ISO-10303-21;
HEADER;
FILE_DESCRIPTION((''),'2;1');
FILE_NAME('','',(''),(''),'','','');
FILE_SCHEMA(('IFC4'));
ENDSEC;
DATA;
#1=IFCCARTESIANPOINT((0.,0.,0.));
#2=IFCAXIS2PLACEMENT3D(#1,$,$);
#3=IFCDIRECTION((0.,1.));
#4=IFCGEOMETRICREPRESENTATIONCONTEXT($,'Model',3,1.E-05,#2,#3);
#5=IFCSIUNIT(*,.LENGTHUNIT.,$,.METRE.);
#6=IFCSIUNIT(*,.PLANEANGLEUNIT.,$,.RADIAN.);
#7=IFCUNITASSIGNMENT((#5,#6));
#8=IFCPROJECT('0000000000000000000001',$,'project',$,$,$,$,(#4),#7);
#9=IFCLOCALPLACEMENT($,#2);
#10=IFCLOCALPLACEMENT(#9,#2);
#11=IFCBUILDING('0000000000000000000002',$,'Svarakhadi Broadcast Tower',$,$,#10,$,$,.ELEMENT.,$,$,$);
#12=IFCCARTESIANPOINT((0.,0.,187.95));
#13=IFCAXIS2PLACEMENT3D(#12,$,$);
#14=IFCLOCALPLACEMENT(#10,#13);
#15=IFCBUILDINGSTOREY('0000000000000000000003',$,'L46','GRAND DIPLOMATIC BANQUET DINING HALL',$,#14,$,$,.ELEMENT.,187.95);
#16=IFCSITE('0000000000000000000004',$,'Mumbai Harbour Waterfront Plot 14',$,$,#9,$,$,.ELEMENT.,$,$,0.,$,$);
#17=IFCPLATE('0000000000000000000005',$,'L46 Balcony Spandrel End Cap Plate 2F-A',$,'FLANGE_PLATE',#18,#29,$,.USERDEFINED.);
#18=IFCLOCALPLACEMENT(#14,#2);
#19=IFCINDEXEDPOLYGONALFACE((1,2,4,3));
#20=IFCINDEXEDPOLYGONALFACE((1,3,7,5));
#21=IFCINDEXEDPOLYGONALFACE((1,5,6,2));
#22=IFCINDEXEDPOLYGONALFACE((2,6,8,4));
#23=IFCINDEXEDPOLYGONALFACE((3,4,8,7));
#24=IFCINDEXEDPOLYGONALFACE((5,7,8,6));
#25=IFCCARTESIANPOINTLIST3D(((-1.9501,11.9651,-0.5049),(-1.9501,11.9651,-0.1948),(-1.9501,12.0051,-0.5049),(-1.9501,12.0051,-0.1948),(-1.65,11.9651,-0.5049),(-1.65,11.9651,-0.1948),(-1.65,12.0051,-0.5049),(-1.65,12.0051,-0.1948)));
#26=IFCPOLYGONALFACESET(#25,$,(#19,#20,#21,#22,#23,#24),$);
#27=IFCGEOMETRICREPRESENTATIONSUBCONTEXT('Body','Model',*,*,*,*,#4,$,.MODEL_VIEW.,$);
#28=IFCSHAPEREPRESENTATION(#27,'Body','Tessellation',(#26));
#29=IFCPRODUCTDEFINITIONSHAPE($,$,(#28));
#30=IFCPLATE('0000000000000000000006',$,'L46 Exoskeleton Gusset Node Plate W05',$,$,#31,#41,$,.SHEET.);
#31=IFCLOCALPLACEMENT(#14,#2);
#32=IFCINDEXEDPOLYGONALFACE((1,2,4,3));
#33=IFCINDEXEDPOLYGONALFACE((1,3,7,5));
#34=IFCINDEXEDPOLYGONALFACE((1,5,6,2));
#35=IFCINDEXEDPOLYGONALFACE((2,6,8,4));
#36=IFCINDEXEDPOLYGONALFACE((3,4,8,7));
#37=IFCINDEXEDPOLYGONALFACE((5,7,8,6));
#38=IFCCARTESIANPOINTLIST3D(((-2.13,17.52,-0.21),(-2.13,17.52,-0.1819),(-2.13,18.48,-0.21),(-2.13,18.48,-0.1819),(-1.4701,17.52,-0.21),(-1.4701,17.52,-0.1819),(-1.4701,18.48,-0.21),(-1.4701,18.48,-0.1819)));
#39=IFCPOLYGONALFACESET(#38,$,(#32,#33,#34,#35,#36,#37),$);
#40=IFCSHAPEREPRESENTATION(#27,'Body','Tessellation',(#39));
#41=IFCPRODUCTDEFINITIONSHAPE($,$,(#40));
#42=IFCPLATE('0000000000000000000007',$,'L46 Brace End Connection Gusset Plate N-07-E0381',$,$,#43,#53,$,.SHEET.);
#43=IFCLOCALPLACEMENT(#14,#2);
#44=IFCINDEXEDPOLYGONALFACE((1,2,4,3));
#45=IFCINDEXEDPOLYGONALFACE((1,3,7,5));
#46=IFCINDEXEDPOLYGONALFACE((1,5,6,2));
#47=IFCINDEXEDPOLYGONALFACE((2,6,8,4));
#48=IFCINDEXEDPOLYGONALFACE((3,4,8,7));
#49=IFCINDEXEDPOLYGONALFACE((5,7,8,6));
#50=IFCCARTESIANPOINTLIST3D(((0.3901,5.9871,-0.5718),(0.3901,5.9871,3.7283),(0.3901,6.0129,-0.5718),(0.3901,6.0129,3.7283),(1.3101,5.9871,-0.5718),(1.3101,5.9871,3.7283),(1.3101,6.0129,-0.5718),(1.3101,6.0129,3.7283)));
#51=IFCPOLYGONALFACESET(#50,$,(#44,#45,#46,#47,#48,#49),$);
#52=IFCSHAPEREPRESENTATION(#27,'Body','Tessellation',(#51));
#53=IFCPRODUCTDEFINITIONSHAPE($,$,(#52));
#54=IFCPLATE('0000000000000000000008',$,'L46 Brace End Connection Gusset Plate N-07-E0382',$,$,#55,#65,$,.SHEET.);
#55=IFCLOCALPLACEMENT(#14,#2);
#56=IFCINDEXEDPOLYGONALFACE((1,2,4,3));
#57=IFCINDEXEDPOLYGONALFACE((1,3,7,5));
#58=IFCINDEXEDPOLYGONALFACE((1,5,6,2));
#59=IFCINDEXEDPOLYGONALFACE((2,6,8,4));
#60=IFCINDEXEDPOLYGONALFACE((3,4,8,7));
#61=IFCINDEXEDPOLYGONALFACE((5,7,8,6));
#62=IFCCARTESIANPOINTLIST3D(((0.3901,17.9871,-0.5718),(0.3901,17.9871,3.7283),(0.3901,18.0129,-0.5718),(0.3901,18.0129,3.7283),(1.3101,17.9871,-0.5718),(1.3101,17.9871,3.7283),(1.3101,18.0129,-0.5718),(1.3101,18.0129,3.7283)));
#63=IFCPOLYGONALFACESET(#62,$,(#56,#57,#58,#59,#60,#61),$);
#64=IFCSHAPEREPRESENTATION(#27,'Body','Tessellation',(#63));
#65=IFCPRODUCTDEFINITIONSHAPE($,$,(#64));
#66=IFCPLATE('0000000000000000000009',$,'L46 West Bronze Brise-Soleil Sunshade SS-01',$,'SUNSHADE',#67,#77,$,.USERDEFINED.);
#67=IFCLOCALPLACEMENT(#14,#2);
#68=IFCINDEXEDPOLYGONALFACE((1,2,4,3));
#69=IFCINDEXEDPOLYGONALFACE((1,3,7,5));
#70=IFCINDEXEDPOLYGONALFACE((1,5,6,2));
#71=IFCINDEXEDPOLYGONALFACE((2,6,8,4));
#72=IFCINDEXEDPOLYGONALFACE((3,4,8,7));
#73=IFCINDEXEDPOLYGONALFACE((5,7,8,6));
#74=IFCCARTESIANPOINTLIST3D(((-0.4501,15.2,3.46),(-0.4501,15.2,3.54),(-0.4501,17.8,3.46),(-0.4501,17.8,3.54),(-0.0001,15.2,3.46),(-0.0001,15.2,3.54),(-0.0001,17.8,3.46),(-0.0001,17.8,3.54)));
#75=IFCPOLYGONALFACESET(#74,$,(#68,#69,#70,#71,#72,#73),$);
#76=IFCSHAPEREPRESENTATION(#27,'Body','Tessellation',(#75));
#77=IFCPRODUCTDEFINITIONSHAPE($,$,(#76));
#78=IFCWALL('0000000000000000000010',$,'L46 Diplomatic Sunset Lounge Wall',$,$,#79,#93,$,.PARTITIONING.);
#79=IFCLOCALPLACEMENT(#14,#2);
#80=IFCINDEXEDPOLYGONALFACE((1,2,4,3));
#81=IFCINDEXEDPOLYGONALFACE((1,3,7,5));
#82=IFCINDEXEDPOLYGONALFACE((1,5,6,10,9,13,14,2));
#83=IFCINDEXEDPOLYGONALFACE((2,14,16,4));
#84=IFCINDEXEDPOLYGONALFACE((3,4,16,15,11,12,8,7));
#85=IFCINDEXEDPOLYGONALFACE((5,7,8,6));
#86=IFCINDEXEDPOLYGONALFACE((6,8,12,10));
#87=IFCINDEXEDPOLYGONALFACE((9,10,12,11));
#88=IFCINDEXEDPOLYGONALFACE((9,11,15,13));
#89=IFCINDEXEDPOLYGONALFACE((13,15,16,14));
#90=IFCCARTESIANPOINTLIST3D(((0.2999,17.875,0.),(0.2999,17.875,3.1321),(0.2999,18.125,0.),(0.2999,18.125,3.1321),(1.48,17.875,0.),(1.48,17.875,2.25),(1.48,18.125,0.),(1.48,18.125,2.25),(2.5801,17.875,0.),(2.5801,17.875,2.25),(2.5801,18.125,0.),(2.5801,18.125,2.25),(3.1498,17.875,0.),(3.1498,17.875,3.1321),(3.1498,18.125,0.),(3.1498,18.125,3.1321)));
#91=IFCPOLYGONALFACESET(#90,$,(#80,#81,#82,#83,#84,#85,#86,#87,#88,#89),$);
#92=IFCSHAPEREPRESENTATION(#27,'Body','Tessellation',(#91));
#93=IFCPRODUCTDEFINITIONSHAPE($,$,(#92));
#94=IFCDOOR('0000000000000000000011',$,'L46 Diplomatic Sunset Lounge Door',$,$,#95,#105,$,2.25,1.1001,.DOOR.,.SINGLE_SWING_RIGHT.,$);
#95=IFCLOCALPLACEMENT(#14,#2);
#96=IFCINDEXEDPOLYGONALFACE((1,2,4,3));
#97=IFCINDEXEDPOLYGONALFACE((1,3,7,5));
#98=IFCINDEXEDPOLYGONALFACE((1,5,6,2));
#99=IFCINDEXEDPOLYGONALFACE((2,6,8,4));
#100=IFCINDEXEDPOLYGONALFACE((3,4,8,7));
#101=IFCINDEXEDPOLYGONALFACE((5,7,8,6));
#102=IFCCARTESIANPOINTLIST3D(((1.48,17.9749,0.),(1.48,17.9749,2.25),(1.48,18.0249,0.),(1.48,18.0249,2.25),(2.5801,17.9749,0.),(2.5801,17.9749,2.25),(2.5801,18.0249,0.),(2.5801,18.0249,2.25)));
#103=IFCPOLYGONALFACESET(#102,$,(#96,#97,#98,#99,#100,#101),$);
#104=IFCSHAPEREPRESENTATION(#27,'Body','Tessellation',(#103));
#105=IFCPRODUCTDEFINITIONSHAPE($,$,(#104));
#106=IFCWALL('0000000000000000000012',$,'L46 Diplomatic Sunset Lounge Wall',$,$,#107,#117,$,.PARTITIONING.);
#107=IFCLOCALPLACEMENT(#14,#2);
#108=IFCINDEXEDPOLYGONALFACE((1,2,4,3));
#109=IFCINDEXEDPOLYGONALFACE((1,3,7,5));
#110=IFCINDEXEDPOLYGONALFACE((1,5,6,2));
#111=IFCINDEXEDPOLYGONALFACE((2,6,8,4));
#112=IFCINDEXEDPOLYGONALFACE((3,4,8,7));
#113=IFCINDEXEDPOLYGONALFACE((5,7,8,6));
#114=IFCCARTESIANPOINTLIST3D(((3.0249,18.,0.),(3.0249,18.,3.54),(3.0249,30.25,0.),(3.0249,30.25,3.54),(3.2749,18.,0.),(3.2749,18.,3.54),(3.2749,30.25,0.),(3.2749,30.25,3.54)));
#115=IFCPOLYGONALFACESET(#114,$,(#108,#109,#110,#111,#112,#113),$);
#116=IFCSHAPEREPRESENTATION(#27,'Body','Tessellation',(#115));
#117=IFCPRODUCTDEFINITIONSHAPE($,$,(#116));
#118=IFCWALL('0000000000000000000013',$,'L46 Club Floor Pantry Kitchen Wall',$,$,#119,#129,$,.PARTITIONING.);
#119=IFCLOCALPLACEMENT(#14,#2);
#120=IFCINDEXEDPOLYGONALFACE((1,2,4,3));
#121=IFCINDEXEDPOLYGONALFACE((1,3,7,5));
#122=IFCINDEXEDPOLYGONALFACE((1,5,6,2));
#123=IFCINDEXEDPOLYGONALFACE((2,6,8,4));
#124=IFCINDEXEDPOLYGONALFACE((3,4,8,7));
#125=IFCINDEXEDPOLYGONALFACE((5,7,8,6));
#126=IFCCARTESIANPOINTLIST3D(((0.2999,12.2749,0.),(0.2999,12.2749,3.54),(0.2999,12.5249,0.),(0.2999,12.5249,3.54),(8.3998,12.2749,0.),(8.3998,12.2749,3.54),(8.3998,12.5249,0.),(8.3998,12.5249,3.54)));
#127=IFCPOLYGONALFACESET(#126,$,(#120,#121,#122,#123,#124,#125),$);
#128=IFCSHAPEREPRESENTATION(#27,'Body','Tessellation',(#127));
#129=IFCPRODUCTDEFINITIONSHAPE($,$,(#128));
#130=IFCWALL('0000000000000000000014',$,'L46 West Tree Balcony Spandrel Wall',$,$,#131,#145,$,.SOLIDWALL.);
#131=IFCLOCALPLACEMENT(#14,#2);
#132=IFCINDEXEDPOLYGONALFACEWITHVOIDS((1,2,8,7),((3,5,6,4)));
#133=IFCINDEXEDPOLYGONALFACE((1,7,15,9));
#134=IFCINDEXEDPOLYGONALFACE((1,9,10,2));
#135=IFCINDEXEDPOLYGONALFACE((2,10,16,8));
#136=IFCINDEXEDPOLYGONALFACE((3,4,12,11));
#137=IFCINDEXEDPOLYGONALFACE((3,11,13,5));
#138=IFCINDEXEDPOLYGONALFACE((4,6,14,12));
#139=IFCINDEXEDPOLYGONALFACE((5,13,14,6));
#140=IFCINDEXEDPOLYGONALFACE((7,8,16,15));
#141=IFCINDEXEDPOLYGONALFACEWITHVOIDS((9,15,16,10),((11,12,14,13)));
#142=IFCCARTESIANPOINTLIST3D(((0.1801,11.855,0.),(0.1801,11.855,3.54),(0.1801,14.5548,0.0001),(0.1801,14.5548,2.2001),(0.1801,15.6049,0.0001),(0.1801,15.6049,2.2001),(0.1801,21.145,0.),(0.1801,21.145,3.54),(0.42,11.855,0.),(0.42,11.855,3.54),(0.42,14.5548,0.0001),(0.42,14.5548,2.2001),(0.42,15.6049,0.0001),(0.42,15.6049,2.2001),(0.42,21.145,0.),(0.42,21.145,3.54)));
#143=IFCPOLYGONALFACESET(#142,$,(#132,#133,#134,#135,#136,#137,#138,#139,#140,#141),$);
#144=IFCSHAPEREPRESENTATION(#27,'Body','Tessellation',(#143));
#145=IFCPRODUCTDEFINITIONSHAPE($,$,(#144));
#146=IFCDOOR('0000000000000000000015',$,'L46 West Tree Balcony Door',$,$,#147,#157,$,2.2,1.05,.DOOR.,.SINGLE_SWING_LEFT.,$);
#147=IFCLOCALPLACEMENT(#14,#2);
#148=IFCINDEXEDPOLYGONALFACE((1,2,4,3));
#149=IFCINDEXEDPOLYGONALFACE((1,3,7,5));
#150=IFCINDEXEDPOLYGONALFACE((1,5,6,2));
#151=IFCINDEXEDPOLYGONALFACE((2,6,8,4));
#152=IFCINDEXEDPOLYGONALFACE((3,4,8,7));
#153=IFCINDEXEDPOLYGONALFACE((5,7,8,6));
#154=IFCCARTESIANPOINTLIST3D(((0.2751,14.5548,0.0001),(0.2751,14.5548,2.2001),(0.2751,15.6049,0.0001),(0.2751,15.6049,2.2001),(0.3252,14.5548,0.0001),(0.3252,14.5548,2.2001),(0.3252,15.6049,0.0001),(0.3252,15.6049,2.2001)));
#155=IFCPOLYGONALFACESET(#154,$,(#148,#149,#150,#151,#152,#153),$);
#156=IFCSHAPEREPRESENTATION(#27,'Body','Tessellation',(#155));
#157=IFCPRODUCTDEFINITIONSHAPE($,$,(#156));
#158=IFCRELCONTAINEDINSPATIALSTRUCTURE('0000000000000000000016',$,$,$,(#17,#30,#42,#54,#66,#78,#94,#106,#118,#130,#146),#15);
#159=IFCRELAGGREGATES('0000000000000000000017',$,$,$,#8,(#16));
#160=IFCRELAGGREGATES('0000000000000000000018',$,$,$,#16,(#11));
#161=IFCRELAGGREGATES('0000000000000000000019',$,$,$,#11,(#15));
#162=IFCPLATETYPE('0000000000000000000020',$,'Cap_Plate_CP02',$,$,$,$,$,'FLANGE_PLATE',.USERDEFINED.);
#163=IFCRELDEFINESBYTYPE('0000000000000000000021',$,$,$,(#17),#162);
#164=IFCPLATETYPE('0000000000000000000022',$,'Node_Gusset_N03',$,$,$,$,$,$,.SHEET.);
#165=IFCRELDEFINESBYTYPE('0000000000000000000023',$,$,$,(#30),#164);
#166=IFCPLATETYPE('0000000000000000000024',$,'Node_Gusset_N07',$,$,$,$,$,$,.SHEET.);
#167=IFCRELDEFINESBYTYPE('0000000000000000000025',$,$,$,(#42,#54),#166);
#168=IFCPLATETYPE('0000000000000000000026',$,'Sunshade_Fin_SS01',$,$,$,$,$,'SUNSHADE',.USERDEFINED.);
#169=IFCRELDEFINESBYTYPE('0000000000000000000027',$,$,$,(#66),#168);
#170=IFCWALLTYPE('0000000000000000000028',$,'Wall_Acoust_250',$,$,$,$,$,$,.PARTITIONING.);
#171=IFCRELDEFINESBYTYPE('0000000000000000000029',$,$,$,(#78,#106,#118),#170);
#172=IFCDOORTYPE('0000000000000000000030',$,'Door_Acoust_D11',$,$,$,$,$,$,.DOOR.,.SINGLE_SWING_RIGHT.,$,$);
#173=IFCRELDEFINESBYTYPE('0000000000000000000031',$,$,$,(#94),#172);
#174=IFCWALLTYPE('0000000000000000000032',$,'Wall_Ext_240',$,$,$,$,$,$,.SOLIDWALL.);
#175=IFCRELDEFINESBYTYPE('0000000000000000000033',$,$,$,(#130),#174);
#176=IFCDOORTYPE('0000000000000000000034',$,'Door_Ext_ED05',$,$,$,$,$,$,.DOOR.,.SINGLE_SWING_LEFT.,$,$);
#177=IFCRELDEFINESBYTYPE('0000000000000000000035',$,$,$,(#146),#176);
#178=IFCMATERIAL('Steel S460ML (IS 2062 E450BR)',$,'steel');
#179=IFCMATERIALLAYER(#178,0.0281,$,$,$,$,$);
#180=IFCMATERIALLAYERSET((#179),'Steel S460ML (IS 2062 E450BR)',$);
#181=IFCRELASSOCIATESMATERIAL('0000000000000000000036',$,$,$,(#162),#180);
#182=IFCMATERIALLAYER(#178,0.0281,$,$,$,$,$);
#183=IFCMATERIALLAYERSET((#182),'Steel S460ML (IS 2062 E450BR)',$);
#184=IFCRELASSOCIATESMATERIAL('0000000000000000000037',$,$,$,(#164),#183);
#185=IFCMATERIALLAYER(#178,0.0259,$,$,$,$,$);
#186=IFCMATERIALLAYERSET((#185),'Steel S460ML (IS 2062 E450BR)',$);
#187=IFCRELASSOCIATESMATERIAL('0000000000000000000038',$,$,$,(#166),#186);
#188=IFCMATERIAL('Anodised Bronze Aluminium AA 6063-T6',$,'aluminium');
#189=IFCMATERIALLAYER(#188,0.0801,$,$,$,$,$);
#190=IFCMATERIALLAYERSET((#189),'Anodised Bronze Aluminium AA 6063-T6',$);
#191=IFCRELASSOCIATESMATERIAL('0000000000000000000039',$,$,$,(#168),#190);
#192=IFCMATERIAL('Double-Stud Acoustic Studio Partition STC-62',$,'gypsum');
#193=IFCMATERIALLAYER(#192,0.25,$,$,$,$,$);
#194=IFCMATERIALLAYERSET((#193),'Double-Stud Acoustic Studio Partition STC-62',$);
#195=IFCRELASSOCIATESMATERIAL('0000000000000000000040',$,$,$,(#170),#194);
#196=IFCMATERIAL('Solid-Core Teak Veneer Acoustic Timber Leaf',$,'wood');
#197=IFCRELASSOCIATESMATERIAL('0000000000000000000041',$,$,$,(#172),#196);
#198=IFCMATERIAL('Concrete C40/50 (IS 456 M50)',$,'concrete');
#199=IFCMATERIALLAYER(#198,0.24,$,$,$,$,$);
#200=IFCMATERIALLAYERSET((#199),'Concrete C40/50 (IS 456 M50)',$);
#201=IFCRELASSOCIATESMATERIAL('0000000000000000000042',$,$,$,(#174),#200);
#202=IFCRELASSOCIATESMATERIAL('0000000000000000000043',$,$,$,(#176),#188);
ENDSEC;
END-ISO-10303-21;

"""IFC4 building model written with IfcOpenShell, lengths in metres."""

from ifc_helpers import new_model, si_unit, direction, frame, frame_2d, origin, origin_2d, place, context, subcontext, project, spatial, rectangle, extrude, material, layer, layer_set, type_object, element, fill, save


model = new_model("IFC4")

# Units and contexts
model_context = context("Model", 3, precision=1e-05, world=origin(), true_north=direction((0.0, 1.0)))
body_context = subcontext(model_context, "Body", "Model", "MODEL_VIEW")
ifc_project = project(units=[si_unit("LENGTHUNIT", "METRE"), si_unit("PLANEANGLEUNIT", "RADIAN")], contexts=[model_context])

# Site, building, storey
site_placement = place(None, origin())
site = spatial("IfcSite", under=ifc_project, at=site_placement, Name="Mumbai Harbour Waterfront Plot 14", CompositionType="ELEMENT", RefElevation=0.0)
building_placement = place(site_placement, origin())
building = spatial("IfcBuilding", under=site, at=building_placement, Name="Svarakhadi Broadcast Tower", CompositionType="ELEMENT")
storey_placement = place(building_placement, frame((0.0, 0.0, 187.95)))
storey = spatial("IfcBuildingStorey", under=building, at=storey_placement, Name="L46", Description="GRAND DIPLOMATIC BANQUET DINING HALL", CompositionType="ELEMENT", Elevation=187.95)

# Shared definitions
ifc_material_1 = material(Name="Steel S460ML (IS 2062 E450BR)", Category="steel")

# Shared definitions
ifc_material_2 = material(Name="Anodised Bronze Aluminium AA 6063-T6", Category="aluminium")

# Plates
ifc_layer_1 = layer(ifc_material_1, 0.0281)
ifc_layer_set_1 = layer_set([ifc_layer_1], Name="Steel S460ML (IS 2062 E450BR)")
plate_type_1 = type_object("IfcPlateType", Name="Cap_Plate_CP02", ElementType="FLANGE_PLATE", PredefinedType="USERDEFINED", material=ifc_layer_set_1)
plate_1_placement = place(storey_placement, frame((-1.8, 11.9851, -0.5049), z_axis=(0.0, 0.0, 1.0), x_axis=(1.0, 0.0, 0.0)))
element("IfcPlate", 1, at=plate_1_placement, inside=storey, type_object=plate_type_1, Name="L46 Balcony Spandrel End Cap Plate 2F-A", ObjectType="FLANGE_PLATE", PredefinedType="USERDEFINED", context=body_context, shape_type="SweptSolid", body=[
    extrude(rectangle(XDim=0.3, YDim=0.04, at=origin_2d()), origin(), (0.0, 0.0, 1.0), 0.3101),
])
ifc_layer_2 = layer(ifc_material_1, 0.0281)
ifc_layer_set_2 = layer_set([ifc_layer_2], Name="Steel S460ML (IS 2062 E450BR)")
plate_type_2 = type_object("IfcPlateType", Name="Node_Gusset_N03", PredefinedType="SHEET", material=ifc_layer_set_2)
plate_2_placement = place(storey_placement, frame((-1.8, 18.0, -0.21), z_axis=(0.0, 0.0, 1.0), x_axis=(0.0, 1.0, 0.0)))
element("IfcPlate", 2, at=plate_2_placement, inside=storey, type_object=plate_type_2, Name="L46 Exoskeleton Gusset Node Plate W05", PredefinedType="SHEET", context=body_context, shape_type="SweptSolid", body=[
    extrude(rectangle(XDim=0.96, YDim=0.6599, at=origin_2d()), origin(), (0.0, 0.0, 1.0), 0.0281),
])
ifc_layer_3 = layer(ifc_material_1, 0.0259)
ifc_layer_set_3 = layer_set([ifc_layer_3], Name="Steel S460ML (IS 2062 E450BR)")
plate_type_3 = type_object("IfcPlateType", Name="Node_Gusset_N07", PredefinedType="SHEET", material=ifc_layer_set_3)
for number, where, z_axis, x_axis, name in (
    (3, (0.8501, 6.0, -0.5718), (0.0, 0.0, 1.0), (1.0, 0.0, 0.0), "L46 Brace End Connection Gusset Plate N-07-E0381"),
    (4, (0.8501, 18.0, -0.5718), (0.0, 0.0, 1.0), (1.0, 0.0, 0.0), "L46 Brace End Connection Gusset Plate N-07-E0382"),
):
    element("IfcPlate", number, at=place(storey_placement, frame(where, z_axis=z_axis, x_axis=x_axis)), inside=storey, type_object=plate_type_3, Name=name, PredefinedType="SHEET", context=body_context, shape_type="SweptSolid", body=[
        extrude(rectangle(XDim=0.9199, YDim=0.0259, at=origin_2d()), origin(), (0.0, 0.0, 1.0), 4.3),
    ])
ifc_layer_4 = layer(ifc_material_2, 0.0801)
ifc_layer_set_4 = layer_set([ifc_layer_4], Name="Anodised Bronze Aluminium AA 6063-T6")
plate_type_4 = type_object("IfcPlateType", Name="Sunshade_Fin_SS01", ElementType="SUNSHADE", PredefinedType="USERDEFINED", material=ifc_layer_set_4)
plate_3_placement = place(storey_placement, frame((-0.2251, 16.5, 3.46), z_axis=(0.0, 0.0, 1.0), x_axis=(0.0, 1.0, 0.0)))
element("IfcPlate", 5, at=plate_3_placement, inside=storey, type_object=plate_type_4, Name="L46 West Bronze Brise-Soleil Sunshade SS-01", ObjectType="SUNSHADE", PredefinedType="USERDEFINED", context=body_context, shape_type="SweptSolid", body=[
    extrude(rectangle(XDim=2.6001, YDim=0.45, at=origin_2d()), origin(), (0.0, 0.0, 1.0), 0.0801),
])

# Wall, opening, door
ifc_material_3 = material(Name="Double-Stud Acoustic Studio Partition STC-62", Category="gypsum")
ifc_layer_5 = layer(ifc_material_3, 0.25)
ifc_layer_set_5 = layer_set([ifc_layer_5], Name="Double-Stud Acoustic Studio Partition STC-62")
wall_type_1 = type_object("IfcWallType", Name="Wall_Acoust_250", PredefinedType="PARTITIONING", material=ifc_layer_set_5)
wall_1_placement = place(storey_placement, frame((0.3, 18.0, 0.0), z_axis=(0.0, 0.0, 1.0), x_axis=(1.0, 0.0, 0.0)))
wall_1 = element("IfcWall", 6, at=wall_1_placement, inside=storey, type_object=wall_type_1, Name="L46 Diplomatic Sunset Lounge Wall", PredefinedType="PARTITIONING", context=body_context, shape_type="SweptSolid", body=[
    extrude(rectangle(XDim=2.8499, YDim=0.25, at=frame_2d((1.4248, 0.0))), origin(), (0.0, 0.0, 1.0), 3.1321),
])
opening_1_placement = place(wall_1_placement, frame((1.1799, 0.0, 0.0)))
opening_1 = element("IfcOpeningElement", 7, at=opening_1_placement, cuts=wall_1, PredefinedType="OPENING", context=body_context, shape_type="SweptSolid", body=[
    extrude(rectangle(XDim=1.1001, YDim=2.25, at=frame_2d((0.55, 1.125))), frame((0.0, 0.135, 0.0), z_axis=(0.0, -1.0, 0.0), x_axis=(1.0, 0.0, 0.0)), (0.0, 0.0, 1.0), 0.27),
])
ifc_material_4 = material(Name="Solid-Core Teak Veneer Acoustic Timber Leaf", Category="wood")
door_type_1 = type_object("IfcDoorType", Name="Door_Acoust_D11", OperationType="SINGLE_SWING_RIGHT", PredefinedType="DOOR", material=ifc_material_4)
door_1_placement = place(opening_1_placement, origin())
door_1 = element("IfcDoor", 8, at=door_1_placement, inside=storey, type_object=door_type_1, Name="L46 Diplomatic Sunset Lounge Door", OperationType="SINGLE_SWING_RIGHT", OverallHeight=2.25, OverallWidth=1.1001, PredefinedType="DOOR", context=body_context, shape_type="SweptSolid", body=[
    extrude(rectangle(XDim=1.1001, YDim=2.25, at=frame_2d((0.55, 1.125))), frame((0.0, 0.0249, 0.0), z_axis=(0.0, -1.0, 0.0), x_axis=(1.0, 0.0, 0.0)), (0.0, 0.0, 1.0), 0.05),
])
fill(opening_1, door_1)

# Walls
wall_2_placement = place(storey_placement, frame((3.1499, 18.0, 0.0), z_axis=(0.0, 0.0, 1.0), x_axis=(0.0, 1.0, 0.0)))
element("IfcWall", 9, at=wall_2_placement, inside=storey, type_object=wall_type_1, Name="L46 Diplomatic Sunset Lounge Wall", PredefinedType="PARTITIONING", context=body_context, shape_type="SweptSolid", body=[
    extrude(rectangle(XDim=12.25, YDim=0.25, at=frame_2d((6.125, 0.0))), origin(), (0.0, 0.0, 1.0), 3.54),
])
wall_3_placement = place(storey_placement, frame((0.3, 12.3999, 0.0), z_axis=(0.0, 0.0, 1.0), x_axis=(1.0, 0.0, 0.0)))
element("IfcWall", 10, at=wall_3_placement, inside=storey, type_object=wall_type_1, Name="L46 Club Floor Pantry Kitchen Wall", PredefinedType="PARTITIONING", context=body_context, shape_type="SweptSolid", body=[
    extrude(rectangle(XDim=8.0999, YDim=0.25, at=frame_2d((4.0498, 0.0))), origin(), (0.0, 0.0, 1.0), 3.54),
])

# Wall, opening, door
ifc_material_5 = material(Name="Concrete C40/50 (IS 456 M50)", Category="concrete")
ifc_layer_6 = layer(ifc_material_5, 0.24)
ifc_layer_set_6 = layer_set([ifc_layer_6], Name="Concrete C40/50 (IS 456 M50)")
wall_type_2 = type_object("IfcWallType", Name="Wall_Ext_240", PredefinedType="SOLIDWALL", material=ifc_layer_set_6)
wall_4_placement = place(storey_placement, frame((0.3, 11.855, 0.0), z_axis=(0.0, 0.0, 1.0), x_axis=(0.0, 1.0, 0.0)))
wall_4 = element("IfcWall", 11, at=wall_4_placement, inside=storey, type_object=wall_type_2, Name="L46 West Tree Balcony Spandrel Wall", PredefinedType="SOLIDWALL", context=body_context, shape_type="SweptSolid", body=[
    extrude(rectangle(XDim=9.29, YDim=0.24, at=frame_2d((4.645, 0.0))), origin(), (0.0, 0.0, 1.0), 3.54),
])
opening_2_placement = place(wall_4_placement, frame((2.7, 0.0, 0.0)))
opening_2 = element("IfcOpeningElement", 12, at=opening_2_placement, cuts=wall_4, PredefinedType="OPENING", context=body_context, shape_type="SweptSolid", body=[
    extrude(rectangle(XDim=1.05, YDim=2.2, at=frame_2d((0.5249, 1.1001))), frame((0.0, 0.1299, 0.0), z_axis=(0.0, -1.0, 0.0), x_axis=(1.0, 0.0, 0.0)), (0.0, 0.0, 1.0), 0.26),
])
door_type_2 = type_object("IfcDoorType", Name="Door_Ext_ED05", OperationType="SINGLE_SWING_LEFT", PredefinedType="DOOR", material=ifc_material_2)
door_2_placement = place(opening_2_placement, origin())
door_2 = element("IfcDoor", 13, at=door_2_placement, inside=storey, type_object=door_type_2, Name="L46 West Tree Balcony Door", OperationType="SINGLE_SWING_LEFT", OverallHeight=2.2, OverallWidth=1.05, PredefinedType="DOOR", context=body_context, shape_type="SweptSolid", body=[
    extrude(rectangle(XDim=1.05, YDim=2.2, at=frame_2d((0.5249, 1.1001))), frame((0.0, 0.0249, 0.0), z_axis=(0.0, -1.0, 0.0), x_axis=(1.0, 0.0, 0.0)), (0.0, 0.0, 1.0), 0.05),
])
fill(opening_2, door_2)

save(model, "model.ifc")
